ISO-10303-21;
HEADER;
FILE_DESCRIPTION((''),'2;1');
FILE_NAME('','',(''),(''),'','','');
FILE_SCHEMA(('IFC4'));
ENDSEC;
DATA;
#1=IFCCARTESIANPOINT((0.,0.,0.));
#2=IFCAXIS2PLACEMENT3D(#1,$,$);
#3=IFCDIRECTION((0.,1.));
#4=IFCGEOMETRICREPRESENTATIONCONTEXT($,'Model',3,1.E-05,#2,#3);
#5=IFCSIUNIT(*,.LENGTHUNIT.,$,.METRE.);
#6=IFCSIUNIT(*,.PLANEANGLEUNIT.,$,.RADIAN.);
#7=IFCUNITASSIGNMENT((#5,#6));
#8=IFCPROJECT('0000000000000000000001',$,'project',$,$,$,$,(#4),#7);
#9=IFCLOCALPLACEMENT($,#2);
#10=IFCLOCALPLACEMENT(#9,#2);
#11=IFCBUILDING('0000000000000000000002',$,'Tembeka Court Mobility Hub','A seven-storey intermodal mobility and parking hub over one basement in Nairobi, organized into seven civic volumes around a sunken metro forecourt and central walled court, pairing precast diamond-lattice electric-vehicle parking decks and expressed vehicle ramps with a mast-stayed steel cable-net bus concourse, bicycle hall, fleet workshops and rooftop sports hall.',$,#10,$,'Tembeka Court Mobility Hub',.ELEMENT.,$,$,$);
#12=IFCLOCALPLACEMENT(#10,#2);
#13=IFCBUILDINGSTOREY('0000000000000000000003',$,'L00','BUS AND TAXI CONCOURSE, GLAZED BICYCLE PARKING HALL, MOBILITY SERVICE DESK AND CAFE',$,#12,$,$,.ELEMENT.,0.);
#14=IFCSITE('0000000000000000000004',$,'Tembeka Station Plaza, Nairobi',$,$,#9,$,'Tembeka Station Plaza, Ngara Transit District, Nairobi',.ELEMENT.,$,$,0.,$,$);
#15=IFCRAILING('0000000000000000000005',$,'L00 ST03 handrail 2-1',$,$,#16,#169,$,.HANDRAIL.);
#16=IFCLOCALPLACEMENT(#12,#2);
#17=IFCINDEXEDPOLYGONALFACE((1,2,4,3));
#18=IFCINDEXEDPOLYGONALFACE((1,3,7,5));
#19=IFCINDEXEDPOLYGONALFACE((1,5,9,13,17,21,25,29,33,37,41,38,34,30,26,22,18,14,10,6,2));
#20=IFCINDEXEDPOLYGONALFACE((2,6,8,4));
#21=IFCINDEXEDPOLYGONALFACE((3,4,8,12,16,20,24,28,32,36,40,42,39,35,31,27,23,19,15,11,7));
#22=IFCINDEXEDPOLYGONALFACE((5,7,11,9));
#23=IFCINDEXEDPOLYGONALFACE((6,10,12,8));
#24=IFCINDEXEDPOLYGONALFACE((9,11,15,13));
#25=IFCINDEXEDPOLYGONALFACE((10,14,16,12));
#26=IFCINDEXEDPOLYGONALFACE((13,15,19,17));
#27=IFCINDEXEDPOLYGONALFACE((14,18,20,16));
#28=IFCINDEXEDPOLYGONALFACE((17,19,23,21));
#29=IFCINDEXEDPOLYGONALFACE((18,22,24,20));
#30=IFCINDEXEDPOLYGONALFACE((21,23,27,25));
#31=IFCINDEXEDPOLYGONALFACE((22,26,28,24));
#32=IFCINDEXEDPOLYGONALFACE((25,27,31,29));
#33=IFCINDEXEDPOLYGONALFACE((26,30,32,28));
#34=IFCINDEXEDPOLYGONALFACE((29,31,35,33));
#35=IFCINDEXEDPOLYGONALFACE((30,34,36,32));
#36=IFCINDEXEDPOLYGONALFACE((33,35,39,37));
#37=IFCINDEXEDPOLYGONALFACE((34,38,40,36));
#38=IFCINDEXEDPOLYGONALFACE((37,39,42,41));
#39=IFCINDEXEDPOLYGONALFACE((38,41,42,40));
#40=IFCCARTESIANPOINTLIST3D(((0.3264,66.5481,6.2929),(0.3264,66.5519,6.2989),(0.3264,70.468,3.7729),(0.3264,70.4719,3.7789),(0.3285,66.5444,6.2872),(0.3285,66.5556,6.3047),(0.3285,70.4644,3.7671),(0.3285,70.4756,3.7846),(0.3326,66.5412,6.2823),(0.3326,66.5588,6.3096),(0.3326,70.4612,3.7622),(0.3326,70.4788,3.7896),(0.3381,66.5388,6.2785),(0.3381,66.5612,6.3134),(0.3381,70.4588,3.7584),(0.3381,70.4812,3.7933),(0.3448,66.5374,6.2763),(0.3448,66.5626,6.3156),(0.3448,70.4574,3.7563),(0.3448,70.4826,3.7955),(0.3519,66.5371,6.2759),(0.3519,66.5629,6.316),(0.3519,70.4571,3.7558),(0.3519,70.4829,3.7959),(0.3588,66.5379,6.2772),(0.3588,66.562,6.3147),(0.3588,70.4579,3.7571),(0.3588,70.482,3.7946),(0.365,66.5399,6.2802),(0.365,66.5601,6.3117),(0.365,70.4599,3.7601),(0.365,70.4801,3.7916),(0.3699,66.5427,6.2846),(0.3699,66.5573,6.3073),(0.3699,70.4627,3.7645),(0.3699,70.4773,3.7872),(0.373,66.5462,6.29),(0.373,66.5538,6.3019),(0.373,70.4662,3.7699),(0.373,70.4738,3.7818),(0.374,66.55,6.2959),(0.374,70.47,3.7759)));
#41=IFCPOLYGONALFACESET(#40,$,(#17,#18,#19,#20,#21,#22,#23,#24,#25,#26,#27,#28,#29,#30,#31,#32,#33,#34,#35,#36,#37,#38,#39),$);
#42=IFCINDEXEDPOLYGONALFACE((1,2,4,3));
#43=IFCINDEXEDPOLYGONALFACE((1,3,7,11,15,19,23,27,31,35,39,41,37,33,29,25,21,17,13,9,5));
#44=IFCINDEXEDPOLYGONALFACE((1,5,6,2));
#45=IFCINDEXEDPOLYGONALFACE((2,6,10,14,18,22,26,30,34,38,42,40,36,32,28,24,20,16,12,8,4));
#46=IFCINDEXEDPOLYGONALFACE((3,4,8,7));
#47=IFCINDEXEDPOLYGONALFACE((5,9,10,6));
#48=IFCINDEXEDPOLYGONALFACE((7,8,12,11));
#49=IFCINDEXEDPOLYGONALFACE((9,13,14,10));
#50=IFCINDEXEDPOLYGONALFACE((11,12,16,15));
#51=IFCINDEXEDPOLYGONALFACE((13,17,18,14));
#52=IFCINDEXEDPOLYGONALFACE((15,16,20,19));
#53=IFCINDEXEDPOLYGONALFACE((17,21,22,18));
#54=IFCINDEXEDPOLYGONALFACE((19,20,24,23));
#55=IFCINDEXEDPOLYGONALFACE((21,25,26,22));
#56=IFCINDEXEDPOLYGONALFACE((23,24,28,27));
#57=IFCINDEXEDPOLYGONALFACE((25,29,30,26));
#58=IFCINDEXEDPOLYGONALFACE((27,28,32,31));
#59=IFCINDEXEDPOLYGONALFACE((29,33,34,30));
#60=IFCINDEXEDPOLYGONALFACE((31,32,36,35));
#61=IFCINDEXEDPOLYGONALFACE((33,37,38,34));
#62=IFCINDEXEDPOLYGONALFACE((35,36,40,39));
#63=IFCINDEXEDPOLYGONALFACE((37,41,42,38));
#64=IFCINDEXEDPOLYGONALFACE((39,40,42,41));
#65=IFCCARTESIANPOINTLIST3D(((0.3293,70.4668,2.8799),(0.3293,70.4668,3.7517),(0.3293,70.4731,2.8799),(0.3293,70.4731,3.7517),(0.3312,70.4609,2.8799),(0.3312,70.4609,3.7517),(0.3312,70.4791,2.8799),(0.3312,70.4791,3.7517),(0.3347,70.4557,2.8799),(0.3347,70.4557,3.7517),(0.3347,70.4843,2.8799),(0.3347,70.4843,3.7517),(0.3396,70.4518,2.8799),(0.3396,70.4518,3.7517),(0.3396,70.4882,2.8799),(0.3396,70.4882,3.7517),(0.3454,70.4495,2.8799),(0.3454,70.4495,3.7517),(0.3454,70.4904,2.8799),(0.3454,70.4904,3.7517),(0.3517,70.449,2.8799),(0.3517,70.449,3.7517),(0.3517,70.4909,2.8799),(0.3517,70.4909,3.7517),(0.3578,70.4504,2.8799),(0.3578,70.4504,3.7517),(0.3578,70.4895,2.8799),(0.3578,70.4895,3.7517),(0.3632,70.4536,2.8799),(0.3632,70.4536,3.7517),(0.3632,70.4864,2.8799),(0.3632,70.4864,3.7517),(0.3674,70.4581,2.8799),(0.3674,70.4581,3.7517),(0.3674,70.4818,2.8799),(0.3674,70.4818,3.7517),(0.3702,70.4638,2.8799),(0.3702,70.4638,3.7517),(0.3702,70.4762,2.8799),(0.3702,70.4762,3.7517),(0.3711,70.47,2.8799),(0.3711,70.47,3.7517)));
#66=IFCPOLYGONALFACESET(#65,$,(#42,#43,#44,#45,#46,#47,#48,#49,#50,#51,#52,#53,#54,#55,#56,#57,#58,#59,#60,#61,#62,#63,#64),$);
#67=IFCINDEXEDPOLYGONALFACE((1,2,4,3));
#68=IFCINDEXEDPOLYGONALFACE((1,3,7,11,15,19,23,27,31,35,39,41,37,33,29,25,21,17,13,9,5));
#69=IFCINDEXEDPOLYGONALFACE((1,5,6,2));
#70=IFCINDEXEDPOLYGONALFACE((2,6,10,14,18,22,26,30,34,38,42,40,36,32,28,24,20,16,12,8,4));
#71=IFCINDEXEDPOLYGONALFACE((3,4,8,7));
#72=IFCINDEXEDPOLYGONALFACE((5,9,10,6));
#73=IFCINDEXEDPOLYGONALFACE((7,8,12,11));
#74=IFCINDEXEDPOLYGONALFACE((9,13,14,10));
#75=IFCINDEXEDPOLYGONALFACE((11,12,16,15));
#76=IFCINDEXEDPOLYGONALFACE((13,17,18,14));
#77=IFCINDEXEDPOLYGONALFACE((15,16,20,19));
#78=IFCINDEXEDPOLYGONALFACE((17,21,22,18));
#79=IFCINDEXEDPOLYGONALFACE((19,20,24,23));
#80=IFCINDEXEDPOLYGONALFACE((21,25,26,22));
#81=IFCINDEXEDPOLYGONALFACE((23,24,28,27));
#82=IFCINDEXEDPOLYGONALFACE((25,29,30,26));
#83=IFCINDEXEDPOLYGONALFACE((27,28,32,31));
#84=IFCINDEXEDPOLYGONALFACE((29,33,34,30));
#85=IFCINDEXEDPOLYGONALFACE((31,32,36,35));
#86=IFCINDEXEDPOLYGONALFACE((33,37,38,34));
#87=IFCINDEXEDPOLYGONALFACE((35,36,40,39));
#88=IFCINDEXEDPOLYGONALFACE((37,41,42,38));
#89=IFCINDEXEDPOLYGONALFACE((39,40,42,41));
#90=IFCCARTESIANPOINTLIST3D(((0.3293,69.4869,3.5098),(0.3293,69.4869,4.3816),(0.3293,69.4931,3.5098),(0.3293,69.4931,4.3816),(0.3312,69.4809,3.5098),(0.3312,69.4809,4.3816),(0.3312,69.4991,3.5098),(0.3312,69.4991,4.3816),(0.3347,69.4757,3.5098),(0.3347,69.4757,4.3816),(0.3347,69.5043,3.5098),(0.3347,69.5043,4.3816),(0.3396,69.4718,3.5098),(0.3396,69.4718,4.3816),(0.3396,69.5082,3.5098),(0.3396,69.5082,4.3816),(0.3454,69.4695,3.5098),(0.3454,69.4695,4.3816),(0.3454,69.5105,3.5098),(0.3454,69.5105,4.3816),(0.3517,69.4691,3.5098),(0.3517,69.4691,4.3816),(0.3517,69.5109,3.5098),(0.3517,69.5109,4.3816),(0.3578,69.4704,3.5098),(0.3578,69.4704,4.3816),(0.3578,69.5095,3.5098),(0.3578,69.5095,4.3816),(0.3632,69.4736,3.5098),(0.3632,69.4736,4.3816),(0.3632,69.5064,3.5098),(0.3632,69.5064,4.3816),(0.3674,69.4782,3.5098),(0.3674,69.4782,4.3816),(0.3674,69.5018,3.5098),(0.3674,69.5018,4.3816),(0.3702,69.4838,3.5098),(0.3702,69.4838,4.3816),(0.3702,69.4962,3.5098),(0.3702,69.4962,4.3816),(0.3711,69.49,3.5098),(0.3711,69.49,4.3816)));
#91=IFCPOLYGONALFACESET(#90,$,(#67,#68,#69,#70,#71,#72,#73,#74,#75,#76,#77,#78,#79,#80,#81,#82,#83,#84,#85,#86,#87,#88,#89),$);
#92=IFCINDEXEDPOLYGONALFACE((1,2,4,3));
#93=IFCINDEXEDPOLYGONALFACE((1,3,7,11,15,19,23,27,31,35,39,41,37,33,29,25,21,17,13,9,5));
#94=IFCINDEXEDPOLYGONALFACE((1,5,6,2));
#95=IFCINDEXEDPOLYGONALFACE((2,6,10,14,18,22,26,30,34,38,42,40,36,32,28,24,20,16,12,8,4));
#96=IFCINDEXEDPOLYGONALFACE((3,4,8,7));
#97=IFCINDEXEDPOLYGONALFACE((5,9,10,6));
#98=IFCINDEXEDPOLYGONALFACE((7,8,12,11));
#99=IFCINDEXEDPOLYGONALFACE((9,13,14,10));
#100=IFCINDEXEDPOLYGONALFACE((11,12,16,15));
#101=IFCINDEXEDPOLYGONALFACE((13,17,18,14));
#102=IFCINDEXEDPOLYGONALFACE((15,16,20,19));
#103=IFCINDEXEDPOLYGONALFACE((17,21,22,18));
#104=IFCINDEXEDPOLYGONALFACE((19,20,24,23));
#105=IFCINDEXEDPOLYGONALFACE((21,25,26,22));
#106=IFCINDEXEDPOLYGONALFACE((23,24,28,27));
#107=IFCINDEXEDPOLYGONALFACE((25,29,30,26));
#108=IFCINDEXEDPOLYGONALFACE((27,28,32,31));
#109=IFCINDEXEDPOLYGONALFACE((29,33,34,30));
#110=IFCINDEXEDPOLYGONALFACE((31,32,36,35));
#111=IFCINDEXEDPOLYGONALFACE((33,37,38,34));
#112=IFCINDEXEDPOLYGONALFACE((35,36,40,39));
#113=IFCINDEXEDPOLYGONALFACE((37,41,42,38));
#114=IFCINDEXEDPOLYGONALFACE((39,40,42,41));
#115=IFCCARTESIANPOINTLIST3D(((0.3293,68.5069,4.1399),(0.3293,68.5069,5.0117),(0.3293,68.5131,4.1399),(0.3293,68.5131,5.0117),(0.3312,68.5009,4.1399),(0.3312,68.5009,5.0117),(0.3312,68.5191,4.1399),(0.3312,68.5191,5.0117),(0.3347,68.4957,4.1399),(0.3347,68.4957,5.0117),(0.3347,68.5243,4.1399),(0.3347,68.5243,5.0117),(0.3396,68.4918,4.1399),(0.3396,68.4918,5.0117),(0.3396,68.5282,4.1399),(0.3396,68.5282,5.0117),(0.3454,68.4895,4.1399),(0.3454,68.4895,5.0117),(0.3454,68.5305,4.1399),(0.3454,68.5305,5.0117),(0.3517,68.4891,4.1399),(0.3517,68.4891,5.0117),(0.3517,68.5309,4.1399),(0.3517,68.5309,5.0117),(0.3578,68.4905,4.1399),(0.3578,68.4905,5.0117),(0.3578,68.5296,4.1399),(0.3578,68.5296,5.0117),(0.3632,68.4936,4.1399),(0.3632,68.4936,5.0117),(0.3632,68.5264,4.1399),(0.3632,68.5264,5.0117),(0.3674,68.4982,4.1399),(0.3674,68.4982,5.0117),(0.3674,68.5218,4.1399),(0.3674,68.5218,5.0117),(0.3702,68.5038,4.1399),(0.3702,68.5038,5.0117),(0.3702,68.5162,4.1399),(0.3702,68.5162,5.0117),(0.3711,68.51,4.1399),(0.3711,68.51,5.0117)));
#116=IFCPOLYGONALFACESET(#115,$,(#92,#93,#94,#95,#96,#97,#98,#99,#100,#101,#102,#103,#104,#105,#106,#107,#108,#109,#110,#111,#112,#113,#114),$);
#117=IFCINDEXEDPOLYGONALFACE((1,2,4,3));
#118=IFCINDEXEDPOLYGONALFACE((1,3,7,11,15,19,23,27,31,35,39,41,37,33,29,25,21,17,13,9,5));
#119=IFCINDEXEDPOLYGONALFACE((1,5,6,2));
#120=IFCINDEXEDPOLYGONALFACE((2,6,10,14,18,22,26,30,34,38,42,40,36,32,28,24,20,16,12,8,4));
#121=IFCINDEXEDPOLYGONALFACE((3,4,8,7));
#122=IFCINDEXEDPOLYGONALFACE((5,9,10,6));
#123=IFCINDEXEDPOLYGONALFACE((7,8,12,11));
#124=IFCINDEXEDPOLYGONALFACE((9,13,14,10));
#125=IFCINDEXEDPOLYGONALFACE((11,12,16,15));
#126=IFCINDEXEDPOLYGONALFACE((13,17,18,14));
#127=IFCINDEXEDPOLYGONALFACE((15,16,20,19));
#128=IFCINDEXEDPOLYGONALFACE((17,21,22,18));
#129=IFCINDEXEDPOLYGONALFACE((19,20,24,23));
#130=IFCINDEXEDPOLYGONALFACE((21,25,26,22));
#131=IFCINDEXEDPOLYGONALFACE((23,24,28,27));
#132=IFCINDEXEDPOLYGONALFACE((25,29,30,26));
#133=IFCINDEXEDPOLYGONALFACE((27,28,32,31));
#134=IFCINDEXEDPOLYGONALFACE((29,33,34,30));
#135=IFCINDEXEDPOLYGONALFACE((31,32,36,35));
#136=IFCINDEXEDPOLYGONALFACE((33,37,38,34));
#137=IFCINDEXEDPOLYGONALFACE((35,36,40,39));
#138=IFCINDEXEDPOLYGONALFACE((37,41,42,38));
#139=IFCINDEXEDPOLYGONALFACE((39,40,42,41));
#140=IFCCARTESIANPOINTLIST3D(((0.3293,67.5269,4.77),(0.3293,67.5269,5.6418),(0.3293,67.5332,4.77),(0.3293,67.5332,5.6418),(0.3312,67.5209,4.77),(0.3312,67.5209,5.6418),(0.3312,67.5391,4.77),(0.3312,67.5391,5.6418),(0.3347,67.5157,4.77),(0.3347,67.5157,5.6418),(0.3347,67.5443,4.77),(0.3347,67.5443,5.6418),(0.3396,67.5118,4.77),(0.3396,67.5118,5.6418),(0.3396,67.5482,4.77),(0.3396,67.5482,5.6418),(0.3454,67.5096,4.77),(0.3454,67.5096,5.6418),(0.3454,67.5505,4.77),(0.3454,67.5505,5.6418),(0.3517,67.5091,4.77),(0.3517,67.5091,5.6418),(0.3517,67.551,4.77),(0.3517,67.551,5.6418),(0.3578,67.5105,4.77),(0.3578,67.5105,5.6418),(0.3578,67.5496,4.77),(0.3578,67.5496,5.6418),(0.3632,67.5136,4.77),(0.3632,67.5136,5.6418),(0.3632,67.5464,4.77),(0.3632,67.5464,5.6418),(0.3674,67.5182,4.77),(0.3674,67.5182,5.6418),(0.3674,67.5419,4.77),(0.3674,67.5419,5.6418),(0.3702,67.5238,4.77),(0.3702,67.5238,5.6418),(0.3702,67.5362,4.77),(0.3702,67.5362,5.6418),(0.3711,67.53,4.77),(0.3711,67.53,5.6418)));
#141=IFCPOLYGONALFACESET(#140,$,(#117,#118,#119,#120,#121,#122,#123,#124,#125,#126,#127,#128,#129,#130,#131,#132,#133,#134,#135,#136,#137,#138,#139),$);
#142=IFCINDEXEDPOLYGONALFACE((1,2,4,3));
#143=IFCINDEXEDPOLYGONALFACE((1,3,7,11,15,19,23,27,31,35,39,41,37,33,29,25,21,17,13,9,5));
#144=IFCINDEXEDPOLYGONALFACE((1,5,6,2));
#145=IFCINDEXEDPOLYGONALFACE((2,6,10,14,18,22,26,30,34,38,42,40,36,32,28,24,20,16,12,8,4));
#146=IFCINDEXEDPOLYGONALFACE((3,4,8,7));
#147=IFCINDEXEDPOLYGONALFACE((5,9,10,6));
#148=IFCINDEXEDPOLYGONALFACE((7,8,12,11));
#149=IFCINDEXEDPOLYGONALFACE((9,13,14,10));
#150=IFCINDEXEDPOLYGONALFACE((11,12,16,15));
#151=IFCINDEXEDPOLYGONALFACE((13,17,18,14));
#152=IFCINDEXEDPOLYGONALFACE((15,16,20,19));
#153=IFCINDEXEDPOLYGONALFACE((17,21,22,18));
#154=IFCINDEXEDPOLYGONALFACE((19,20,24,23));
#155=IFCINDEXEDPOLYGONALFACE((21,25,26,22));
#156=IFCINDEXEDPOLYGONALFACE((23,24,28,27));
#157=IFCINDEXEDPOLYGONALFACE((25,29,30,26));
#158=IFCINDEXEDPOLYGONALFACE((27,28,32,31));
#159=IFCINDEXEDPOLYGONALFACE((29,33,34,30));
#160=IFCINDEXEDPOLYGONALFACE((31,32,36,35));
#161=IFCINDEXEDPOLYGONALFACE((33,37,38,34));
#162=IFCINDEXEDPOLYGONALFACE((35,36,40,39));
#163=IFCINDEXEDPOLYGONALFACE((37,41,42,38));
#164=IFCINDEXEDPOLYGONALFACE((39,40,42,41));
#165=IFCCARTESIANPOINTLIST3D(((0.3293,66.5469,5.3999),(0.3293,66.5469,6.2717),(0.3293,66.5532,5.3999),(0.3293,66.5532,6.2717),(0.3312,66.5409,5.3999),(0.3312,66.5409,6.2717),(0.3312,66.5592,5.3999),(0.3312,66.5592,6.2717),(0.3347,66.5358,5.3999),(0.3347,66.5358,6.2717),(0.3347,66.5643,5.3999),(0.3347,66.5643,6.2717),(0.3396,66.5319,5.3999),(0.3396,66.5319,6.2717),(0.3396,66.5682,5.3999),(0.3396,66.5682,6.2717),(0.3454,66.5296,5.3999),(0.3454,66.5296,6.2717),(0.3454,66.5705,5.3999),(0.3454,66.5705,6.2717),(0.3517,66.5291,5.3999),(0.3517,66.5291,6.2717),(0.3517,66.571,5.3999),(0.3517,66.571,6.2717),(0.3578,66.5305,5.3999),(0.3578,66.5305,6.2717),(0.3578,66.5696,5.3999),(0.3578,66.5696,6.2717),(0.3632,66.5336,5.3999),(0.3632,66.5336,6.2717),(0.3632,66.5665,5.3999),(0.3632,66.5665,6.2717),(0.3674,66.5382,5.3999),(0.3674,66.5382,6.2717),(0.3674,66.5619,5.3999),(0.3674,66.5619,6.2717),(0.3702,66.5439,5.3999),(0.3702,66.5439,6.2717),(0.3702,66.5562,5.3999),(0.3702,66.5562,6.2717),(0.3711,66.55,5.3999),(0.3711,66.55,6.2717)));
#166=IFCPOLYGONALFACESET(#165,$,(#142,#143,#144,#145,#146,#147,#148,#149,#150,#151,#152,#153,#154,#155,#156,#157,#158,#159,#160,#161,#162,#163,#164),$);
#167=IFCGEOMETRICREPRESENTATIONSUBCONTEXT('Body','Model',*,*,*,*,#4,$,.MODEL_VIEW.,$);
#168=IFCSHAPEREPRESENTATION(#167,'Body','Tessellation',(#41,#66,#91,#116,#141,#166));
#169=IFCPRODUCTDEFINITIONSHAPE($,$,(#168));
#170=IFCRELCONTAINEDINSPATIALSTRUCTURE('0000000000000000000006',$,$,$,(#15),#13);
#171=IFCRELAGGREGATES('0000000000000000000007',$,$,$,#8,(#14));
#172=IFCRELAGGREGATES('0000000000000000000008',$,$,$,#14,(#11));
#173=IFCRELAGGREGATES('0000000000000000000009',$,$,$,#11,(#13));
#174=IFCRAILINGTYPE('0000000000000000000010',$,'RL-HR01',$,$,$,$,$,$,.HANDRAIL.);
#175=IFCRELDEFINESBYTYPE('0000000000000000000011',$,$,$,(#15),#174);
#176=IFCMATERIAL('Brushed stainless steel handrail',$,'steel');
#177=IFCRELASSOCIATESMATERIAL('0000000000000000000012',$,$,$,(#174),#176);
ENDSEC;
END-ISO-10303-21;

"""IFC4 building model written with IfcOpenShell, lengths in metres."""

from ifc_helpers import new_model, si_unit, direction, frame, origin, origin_2d, place, context, subcontext, project, spatial, circle, extrude, material, type_object, element, save


model = new_model("IFC4")

# Units and contexts
model_context = context("Model", 3, precision=1e-05, world=origin(), true_north=direction((0.0, 1.0)))
body_context = subcontext(model_context, "Body", "Model", "MODEL_VIEW")
ifc_project = project(units=[si_unit("LENGTHUNIT", "METRE"), si_unit("PLANEANGLEUNIT", "RADIAN")], contexts=[model_context])

# Site, building, storey
site_placement = place(None, origin())
site = spatial("IfcSite", under=ifc_project, at=site_placement, Name="Tembeka Station Plaza, Nairobi", LongName="Tembeka Station Plaza, Ngara Transit District, Nairobi", CompositionType="ELEMENT", RefElevation=0.0)
building_placement = place(site_placement, origin())
building = spatial("IfcBuilding", under=site, at=building_placement, Name="Tembeka Court Mobility Hub", Description="A seven-storey intermodal mobility and parking hub over one basement in Nairobi, organized into seven civic volumes around a sunken metro forecourt and central walled court, pairing precast diamond-lattice electric-vehicle parking decks and expressed vehicle ramps with a mast-stayed steel cable-net bus concourse, bicycle hall, fleet workshops and rooftop sports hall.", LongName="Tembeka Court Mobility Hub", CompositionType="ELEMENT")
storey_placement = place(building_placement, origin())
storey = spatial("IfcBuildingStorey", under=building, at=storey_placement, Name="L00", Description="BUS AND TAXI CONCOURSE, GLAZED BICYCLE PARKING HALL, MOBILITY SERVICE DESK AND CAFE", CompositionType="ELEMENT", Elevation=0.0)

# Railing
ifc_material_1 = material(Name="Brushed stainless steel handrail", Category="steel")
railing_type_1 = type_object("IfcRailingType", Name="RL-HR01", PredefinedType="HANDRAIL", material=ifc_material_1)
railing_1_placement = place(storey_placement, frame((0.3501, 70.47, 2.8799)))
element("IfcRailing", 1, at=railing_1_placement, inside=storey, type_object=railing_type_1, Name="L00 ST03 handrail 2-1", PredefinedType="HANDRAIL", context=body_context, shape_type="SweptSolid", body=[
    extrude(circle(Radius=0.0239, at=origin_2d()), frame((0.0, 0.0, 0.896), z_axis=(0.0, -0.841172, 0.540768), x_axis=(1.0, 0.0, 0.0)), (0.0, 0.0, 1.0), 4.6602),
    extrude(circle(Radius=0.021, at=origin_2d()), origin(), (0.0, 0.0, 1.0), 0.8718),
    extrude(circle(Radius=0.021, at=origin_2d()), frame((0.0, -0.98, 0.6299)), (0.0, 0.0, 1.0), 0.8718),
    extrude(circle(Radius=0.021, at=origin_2d()), frame((0.0, -1.96, 1.26)), (0.0, 0.0, 1.0), 0.8718),
    extrude(circle(Radius=0.021, at=origin_2d()), frame((0.0, -2.9399, 1.8901)), (0.0, 0.0, 1.0), 0.8718),
    extrude(circle(Radius=0.021, at=origin_2d()), frame((0.0, -3.9199, 2.52)), (0.0, 0.0, 1.0), 0.8718),
])

save(model, "model.ifc")
